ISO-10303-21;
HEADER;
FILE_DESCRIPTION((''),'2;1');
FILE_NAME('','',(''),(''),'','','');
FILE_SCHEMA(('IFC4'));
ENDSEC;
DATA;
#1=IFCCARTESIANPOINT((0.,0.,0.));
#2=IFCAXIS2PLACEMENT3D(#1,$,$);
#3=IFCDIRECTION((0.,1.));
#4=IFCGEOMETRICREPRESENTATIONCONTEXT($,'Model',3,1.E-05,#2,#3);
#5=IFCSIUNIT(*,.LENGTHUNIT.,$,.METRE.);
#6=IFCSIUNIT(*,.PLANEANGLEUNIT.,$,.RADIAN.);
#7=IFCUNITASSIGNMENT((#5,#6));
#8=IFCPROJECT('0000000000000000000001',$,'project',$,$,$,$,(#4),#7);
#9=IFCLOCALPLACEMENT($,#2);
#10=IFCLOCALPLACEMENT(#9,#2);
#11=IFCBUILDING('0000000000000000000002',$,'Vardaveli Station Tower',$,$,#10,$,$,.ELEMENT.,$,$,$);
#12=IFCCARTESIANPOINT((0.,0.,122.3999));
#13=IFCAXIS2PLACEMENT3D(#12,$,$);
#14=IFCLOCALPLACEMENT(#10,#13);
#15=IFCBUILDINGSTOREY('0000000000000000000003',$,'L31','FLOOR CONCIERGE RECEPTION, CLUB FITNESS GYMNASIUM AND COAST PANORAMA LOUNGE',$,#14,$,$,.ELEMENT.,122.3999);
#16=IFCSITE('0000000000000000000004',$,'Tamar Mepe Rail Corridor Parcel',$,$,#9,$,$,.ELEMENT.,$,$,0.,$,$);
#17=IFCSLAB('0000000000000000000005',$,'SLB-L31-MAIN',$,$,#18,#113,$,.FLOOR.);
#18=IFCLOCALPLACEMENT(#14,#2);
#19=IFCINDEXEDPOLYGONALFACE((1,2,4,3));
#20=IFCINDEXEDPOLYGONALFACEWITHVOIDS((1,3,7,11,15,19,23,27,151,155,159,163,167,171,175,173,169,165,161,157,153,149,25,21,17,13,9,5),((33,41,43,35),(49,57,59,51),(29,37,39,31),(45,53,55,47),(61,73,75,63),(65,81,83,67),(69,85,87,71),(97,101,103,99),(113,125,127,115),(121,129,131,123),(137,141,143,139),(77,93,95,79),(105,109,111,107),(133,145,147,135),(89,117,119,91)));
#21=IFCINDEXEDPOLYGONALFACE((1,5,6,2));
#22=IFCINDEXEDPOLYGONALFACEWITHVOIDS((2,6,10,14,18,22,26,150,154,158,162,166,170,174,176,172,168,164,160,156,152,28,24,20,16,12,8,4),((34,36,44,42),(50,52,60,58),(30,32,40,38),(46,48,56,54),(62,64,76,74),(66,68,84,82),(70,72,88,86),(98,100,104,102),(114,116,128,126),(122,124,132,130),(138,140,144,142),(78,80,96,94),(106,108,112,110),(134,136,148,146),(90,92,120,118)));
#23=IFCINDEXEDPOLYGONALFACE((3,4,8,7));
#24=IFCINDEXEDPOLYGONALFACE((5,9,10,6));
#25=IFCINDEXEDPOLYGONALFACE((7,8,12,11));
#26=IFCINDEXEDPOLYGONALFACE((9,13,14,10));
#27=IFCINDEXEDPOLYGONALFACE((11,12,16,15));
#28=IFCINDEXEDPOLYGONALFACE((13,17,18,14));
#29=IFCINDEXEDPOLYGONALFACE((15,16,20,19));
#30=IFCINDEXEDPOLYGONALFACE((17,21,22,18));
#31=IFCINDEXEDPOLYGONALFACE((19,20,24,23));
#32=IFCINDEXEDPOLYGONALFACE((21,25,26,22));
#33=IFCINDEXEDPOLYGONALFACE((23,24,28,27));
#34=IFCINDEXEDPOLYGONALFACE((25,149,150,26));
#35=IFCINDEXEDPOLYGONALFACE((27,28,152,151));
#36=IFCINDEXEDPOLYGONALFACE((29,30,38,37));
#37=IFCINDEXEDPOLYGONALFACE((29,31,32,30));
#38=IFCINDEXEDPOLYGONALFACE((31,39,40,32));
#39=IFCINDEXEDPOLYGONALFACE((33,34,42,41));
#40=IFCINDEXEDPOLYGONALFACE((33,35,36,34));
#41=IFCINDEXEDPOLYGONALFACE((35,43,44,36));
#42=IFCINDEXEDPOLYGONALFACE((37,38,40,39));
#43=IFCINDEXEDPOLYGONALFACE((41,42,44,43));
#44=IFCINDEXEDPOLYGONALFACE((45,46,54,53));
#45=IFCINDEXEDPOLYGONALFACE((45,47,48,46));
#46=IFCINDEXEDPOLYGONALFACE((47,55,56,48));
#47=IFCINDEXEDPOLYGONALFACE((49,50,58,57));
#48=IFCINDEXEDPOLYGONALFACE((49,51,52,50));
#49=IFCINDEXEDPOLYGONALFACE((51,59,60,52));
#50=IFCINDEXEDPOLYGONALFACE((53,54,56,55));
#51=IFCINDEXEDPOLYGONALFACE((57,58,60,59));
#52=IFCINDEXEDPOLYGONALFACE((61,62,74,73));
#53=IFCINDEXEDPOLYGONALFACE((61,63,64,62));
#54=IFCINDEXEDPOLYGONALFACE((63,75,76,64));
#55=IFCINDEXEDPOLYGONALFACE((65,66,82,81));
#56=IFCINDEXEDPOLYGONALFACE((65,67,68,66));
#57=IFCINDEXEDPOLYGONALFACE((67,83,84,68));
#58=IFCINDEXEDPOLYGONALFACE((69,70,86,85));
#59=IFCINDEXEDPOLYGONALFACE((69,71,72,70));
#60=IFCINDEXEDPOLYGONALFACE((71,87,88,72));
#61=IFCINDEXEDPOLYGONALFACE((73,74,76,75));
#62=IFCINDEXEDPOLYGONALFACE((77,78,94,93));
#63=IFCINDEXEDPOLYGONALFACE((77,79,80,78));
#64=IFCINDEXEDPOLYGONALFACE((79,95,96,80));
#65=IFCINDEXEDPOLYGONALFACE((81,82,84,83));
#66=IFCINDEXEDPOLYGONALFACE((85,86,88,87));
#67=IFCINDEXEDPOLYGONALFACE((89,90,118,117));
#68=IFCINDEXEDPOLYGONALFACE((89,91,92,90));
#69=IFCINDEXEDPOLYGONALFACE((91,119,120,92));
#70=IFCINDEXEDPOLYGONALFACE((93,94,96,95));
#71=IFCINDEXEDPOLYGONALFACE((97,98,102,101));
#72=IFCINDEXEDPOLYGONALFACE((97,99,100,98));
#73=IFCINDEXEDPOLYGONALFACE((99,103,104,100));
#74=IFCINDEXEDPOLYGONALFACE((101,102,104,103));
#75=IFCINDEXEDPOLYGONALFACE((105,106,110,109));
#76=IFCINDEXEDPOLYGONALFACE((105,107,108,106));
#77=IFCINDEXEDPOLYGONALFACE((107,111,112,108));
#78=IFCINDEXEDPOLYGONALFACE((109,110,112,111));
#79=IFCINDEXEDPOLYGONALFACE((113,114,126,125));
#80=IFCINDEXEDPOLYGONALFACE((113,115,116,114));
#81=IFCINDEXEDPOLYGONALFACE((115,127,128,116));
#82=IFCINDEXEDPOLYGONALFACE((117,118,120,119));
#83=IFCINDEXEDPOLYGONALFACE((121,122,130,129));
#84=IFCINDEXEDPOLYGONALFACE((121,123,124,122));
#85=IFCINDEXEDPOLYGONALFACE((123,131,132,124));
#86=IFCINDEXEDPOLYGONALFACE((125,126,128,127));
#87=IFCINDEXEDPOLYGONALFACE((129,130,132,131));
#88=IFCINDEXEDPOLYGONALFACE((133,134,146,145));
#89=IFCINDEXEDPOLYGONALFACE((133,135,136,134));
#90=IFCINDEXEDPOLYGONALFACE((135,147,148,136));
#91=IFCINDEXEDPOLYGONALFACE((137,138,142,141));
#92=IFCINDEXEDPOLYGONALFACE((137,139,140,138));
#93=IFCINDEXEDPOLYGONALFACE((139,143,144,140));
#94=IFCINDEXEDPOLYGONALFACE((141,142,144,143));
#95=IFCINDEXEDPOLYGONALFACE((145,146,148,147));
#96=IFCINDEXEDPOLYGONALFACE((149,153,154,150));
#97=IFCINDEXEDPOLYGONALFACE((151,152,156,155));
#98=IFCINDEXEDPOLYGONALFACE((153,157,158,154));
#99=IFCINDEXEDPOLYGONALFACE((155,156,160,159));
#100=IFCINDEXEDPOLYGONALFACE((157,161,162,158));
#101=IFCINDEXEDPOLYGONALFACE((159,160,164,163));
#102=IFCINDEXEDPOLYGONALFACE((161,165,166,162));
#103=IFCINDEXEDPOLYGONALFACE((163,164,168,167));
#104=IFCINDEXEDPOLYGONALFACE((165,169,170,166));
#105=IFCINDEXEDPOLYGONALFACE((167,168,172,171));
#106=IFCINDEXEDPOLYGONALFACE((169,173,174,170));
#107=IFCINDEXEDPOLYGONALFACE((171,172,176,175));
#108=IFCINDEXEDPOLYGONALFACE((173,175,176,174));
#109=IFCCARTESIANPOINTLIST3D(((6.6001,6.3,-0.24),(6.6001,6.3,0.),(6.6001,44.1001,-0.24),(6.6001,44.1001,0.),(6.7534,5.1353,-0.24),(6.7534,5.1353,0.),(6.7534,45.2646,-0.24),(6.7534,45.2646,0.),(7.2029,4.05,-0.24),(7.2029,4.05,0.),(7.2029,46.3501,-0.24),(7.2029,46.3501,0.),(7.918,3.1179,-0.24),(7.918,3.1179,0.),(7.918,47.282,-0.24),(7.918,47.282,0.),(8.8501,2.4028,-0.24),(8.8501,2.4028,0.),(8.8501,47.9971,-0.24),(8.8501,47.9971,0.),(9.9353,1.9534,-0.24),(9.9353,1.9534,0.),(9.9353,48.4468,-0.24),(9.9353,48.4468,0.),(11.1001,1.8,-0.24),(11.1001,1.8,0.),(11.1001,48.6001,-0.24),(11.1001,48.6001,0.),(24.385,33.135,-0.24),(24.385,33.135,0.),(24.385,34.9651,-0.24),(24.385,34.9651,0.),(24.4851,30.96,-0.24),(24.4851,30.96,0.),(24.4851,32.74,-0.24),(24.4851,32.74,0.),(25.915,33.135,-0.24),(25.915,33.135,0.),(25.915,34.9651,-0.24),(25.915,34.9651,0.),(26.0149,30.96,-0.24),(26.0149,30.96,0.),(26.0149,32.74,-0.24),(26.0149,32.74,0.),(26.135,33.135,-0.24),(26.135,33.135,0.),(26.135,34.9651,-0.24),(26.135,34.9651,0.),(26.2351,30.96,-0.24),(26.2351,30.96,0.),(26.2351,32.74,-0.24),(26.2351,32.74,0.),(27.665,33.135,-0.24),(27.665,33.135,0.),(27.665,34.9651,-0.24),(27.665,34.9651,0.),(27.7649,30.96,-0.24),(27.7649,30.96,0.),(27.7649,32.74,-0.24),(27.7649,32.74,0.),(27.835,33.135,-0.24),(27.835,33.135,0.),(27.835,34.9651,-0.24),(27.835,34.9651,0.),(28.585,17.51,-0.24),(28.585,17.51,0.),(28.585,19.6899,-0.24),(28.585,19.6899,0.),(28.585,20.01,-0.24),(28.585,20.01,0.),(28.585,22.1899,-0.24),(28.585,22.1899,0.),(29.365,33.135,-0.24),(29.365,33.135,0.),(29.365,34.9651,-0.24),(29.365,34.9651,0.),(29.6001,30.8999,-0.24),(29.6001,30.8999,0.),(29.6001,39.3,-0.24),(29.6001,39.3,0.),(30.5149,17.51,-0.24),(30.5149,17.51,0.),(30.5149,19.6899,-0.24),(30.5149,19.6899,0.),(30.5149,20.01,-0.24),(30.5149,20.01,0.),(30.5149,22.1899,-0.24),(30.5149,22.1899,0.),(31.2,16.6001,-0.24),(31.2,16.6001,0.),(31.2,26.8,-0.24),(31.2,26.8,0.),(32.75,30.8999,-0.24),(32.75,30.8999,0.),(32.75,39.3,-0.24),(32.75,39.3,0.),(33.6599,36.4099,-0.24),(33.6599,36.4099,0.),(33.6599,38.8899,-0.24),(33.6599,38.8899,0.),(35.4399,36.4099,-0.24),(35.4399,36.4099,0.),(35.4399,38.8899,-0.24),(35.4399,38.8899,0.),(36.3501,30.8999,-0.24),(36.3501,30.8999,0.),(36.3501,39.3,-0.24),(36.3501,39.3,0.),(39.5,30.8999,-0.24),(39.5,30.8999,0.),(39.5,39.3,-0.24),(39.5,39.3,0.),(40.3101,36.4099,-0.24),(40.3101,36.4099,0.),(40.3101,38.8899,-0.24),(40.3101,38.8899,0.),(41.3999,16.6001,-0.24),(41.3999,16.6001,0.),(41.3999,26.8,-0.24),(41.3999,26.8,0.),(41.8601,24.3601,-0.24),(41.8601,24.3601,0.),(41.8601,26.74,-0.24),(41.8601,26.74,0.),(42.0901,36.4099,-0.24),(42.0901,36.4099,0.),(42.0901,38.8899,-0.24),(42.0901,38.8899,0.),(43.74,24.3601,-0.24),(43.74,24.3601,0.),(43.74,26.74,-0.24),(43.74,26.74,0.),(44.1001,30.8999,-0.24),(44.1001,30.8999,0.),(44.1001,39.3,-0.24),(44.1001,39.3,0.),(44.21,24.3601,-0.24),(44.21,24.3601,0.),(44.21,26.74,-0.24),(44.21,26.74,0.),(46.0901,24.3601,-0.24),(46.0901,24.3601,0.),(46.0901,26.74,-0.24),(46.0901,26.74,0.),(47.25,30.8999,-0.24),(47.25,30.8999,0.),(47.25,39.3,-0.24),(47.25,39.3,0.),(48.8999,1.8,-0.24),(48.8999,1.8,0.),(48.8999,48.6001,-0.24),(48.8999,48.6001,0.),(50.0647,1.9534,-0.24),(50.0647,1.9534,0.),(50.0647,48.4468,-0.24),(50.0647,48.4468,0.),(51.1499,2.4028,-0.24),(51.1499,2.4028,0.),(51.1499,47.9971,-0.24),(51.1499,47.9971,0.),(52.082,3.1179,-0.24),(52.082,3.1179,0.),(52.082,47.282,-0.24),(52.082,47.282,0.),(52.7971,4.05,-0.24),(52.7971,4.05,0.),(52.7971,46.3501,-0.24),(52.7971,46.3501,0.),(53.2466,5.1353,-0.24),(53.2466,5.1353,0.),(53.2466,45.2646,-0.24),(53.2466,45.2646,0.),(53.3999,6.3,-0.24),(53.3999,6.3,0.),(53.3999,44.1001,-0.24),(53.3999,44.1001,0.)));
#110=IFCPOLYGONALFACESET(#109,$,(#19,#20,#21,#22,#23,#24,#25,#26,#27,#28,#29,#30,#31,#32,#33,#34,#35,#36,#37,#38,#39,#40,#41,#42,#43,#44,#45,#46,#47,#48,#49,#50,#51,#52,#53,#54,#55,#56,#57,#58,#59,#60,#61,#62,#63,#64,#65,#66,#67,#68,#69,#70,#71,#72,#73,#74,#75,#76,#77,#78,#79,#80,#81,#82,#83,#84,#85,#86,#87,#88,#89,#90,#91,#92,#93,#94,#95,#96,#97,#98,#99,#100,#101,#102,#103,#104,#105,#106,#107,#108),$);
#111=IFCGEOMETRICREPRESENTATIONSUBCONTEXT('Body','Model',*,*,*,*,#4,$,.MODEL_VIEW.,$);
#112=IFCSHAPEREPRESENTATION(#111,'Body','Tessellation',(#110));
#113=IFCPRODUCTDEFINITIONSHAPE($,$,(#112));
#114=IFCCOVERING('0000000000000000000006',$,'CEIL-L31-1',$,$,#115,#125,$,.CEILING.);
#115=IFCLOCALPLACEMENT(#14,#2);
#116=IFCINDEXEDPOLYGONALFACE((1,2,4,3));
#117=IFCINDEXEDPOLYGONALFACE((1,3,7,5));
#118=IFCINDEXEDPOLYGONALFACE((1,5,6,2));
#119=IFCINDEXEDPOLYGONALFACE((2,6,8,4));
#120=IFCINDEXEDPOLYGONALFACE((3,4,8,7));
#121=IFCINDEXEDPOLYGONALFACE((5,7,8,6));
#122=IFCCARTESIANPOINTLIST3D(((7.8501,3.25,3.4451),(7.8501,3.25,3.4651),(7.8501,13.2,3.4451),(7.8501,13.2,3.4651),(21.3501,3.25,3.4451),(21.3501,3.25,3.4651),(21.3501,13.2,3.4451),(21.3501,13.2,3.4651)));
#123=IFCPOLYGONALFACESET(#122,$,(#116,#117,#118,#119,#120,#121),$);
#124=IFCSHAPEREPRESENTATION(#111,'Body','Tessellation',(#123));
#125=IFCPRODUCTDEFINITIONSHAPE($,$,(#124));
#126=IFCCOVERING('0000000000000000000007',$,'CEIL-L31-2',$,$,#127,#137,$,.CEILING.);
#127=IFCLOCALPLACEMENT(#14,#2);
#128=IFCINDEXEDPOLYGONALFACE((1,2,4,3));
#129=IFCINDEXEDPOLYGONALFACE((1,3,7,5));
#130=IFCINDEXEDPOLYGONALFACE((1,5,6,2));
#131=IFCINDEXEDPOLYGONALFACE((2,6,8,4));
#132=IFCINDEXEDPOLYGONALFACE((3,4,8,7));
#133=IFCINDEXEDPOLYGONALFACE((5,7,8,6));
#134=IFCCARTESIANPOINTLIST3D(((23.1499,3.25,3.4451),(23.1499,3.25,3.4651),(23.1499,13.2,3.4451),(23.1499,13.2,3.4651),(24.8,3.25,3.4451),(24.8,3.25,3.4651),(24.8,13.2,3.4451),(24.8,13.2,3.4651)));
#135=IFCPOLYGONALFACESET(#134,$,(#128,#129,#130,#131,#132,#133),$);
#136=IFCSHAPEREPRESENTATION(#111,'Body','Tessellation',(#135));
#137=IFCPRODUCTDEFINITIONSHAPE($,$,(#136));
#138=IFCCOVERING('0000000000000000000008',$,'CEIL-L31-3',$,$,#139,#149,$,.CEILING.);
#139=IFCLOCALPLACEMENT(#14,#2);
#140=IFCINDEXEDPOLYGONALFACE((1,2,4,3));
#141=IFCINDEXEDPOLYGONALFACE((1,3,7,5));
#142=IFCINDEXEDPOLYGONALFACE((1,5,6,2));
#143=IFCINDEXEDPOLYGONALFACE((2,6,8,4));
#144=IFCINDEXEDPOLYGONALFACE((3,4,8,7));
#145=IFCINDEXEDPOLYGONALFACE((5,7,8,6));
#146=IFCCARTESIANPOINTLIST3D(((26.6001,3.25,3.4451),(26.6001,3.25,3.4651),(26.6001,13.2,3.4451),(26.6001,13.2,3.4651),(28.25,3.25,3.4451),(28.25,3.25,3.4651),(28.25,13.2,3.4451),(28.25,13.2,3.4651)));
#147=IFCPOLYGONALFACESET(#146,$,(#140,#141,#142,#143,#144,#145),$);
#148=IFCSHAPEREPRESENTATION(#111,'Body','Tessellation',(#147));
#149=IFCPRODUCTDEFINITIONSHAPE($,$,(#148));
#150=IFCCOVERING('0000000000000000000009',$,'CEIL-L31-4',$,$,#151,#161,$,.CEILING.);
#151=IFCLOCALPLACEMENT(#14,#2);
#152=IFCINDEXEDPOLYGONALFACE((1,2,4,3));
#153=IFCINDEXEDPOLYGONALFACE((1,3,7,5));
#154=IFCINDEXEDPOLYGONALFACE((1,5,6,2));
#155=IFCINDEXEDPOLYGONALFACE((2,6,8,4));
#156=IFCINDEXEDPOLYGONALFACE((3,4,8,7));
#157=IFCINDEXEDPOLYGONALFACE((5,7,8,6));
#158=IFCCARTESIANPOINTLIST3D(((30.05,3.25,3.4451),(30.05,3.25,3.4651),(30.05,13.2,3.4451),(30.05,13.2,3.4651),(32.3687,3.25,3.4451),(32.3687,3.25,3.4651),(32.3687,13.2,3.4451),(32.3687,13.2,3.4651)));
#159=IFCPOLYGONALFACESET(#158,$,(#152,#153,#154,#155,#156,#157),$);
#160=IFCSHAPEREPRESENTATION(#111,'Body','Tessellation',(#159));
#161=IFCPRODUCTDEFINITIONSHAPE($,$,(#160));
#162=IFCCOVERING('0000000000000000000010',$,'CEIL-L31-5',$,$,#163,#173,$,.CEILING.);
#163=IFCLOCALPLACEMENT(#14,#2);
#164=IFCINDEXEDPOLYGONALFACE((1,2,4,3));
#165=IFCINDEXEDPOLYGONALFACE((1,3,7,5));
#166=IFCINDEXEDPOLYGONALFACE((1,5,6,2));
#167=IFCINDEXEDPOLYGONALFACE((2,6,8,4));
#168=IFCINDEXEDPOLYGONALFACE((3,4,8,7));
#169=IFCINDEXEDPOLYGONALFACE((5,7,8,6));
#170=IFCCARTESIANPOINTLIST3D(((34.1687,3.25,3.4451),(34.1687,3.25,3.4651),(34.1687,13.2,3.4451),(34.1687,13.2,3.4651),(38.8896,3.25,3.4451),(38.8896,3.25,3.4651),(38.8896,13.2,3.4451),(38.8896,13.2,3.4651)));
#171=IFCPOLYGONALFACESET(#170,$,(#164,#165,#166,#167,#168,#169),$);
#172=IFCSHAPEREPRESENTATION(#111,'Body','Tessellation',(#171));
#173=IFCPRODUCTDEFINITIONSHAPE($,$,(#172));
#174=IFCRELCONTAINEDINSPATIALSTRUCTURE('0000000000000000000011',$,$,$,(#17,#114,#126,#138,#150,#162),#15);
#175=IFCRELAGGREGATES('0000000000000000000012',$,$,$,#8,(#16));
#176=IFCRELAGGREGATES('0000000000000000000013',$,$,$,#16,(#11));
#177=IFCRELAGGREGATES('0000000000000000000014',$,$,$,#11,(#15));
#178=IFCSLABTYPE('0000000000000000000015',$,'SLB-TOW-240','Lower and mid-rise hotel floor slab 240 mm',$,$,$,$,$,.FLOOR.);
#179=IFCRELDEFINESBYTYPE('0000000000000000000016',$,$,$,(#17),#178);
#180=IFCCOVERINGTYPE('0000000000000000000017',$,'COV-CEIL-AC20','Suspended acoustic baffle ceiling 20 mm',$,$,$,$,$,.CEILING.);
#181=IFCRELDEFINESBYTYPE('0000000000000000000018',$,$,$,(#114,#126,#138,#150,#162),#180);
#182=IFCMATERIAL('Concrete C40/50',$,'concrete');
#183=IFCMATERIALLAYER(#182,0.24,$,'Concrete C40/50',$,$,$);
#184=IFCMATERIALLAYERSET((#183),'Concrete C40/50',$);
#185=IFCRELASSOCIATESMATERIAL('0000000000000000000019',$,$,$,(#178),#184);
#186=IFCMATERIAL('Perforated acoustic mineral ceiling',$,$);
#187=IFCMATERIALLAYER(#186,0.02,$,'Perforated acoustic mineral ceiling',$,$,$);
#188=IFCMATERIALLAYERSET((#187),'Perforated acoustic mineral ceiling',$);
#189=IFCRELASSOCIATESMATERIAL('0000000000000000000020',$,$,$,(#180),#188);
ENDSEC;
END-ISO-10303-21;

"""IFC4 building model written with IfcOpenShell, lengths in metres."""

from ifc_helpers import new_model, si_unit, direction, frame, origin, place, context, subcontext, project, spatial, polyline, outline, extrude, material, layer, layer_set, type_object, element, save


model = new_model("IFC4")

# Units and contexts
model_context = context("Model", 3, precision=1e-05, world=origin(), true_north=direction((0.0, 1.0)))
body_context = subcontext(model_context, "Body", "Model", "MODEL_VIEW")
ifc_project = project(units=[si_unit("LENGTHUNIT", "METRE"), si_unit("PLANEANGLEUNIT", "RADIAN")], contexts=[model_context])

# Site, building, storey
site_placement = place(None, origin())
site = spatial("IfcSite", under=ifc_project, at=site_placement, Name="Tamar Mepe Rail Corridor Parcel", CompositionType="ELEMENT", RefElevation=0.0)
building_placement = place(site_placement, origin())
building = spatial("IfcBuilding", under=site, at=building_placement, Name="Vardaveli Station Tower", CompositionType="ELEMENT")
storey_placement = place(building_placement, frame((0.0, 0.0, 122.3999)))
storey = spatial("IfcBuildingStorey", under=building, at=storey_placement, Name="L31", Description="FLOOR CONCIERGE RECEPTION, CLUB FITNESS GYMNASIUM AND COAST PANORAMA LOUNGE", CompositionType="ELEMENT", Elevation=122.3999)

# Shared definitions
ifc_material_1 = material(Name="Concrete C40/50", Category="concrete")

# Slab
ifc_layer_1 = layer(ifc_material_1, 0.24, Name="Concrete C40/50")
ifc_layer_set_1 = layer_set([ifc_layer_1], Name="Concrete C40/50")
slab_type_1 = type_object("IfcSlabType", Name="SLB-TOW-240", Description="Lower and mid-rise hotel floor slab 240 mm", PredefinedType="FLOOR", material=ifc_layer_set_1)
slab_1_placement = place(storey_placement, frame((0.0, 0.0, -0.24)))
element("IfcSlab", 1, at=slab_1_placement, inside=storey, type_object=slab_type_1, Name="SLB-L31-MAIN", PredefinedType="FLOOR", context=body_context, shape_type="SweptSolid", body=[
    extrude(outline(polyline([(6.6001, 6.3), (6.7534, 5.1353), (7.2029, 4.05), (7.918, 3.1179), (8.8501, 2.4028), (9.9353, 1.9534), (11.1001, 1.8), (48.8999, 1.8), (50.0647, 1.9534), (51.1499, 2.4028), (52.082, 3.1179), (52.7971, 4.05), (53.2466, 5.1353), (53.3999, 6.3), (53.3999, 44.1001), (53.2466, 45.2646), (52.7971, 46.3501), (52.082, 47.282), (51.1499, 47.9971), (50.0647, 48.4468), (48.8999, 48.6001), (11.1001, 48.6001), (9.9353, 48.4468), (8.8501, 47.9971), (7.918, 47.282), (7.2029, 46.3501), (6.7534, 45.2646), (6.6001, 44.1001), (6.6001, 6.3)]), holes=[polyline([(31.2, 16.6001), (41.3999, 16.6001), (41.3999, 26.8), (31.2, 26.8), (31.2, 16.6001)]), polyline([(32.75, 30.8999), (32.75, 39.3), (29.6001, 39.3), (29.6001, 30.8999), (32.75, 30.8999)]), polyline([(39.5, 30.8999), (39.5, 39.3), (36.3501, 39.3), (36.3501, 30.8999), (39.5, 30.8999)]), polyline([(47.25, 30.8999), (47.25, 39.3), (44.1001, 39.3), (44.1001, 30.8999), (47.25, 30.8999)]), polyline([(24.385, 33.135), (25.915, 33.135), (25.915, 34.9651), (24.385, 34.9651), (24.385, 33.135)]), polyline([(26.135, 33.135), (27.665, 33.135), (27.665, 34.9651), (26.135, 34.9651), (26.135, 33.135)]), polyline([(27.835, 33.135), (29.365, 33.135), (29.365, 34.9651), (27.835, 34.9651), (27.835, 33.135)]), polyline([(33.6599, 36.4099), (35.4399, 36.4099), (35.4399, 38.8899), (33.6599, 38.8899), (33.6599, 36.4099)]), polyline([(40.3101, 36.4099), (42.0901, 36.4099), (42.0901, 38.8899), (40.3101, 38.8899), (40.3101, 36.4099)]), polyline([(24.4851, 30.96), (26.0149, 30.96), (26.0149, 32.74), (24.4851, 32.74), (24.4851, 30.96)]), polyline([(26.2351, 30.96), (27.7649, 30.96), (27.7649, 32.74), (26.2351, 32.74), (26.2351, 30.96)]), polyline([(28.585, 17.51), (30.5149, 17.51), (30.5149, 19.6899), (28.585, 19.6899), (28.585, 17.51)]), polyline([(28.585, 20.01), (30.5149, 20.01), (30.5149, 22.1899), (28.585, 22.1899), (28.585, 20.01)]), polyline([(41.8601, 24.3601), (43.74, 24.3601), (43.74, 26.74), (41.8601, 26.74), (41.8601, 24.3601)]), polyline([(44.21, 24.3601), (46.0901, 24.3601), (46.0901, 26.74), (44.21, 26.74), (44.21, 24.3601)])]), origin(), (0.0, 0.0, 1.0), 0.24),
])

# Coverings
ifc_material_2 = material(Name="Perforated acoustic mineral ceiling")
ifc_layer_2 = layer(ifc_material_2, 0.02, Name="Perforated acoustic mineral ceiling")
ifc_layer_set_2 = layer_set([ifc_layer_2], Name="Perforated acoustic mineral ceiling")
covering_type_1 = type_object("IfcCoveringType", Name="COV-CEIL-AC20", Description="Suspended acoustic baffle ceiling 20 mm", PredefinedType="CEILING", material=ifc_layer_set_2)
covering_1_placement = place(storey_placement, frame((0.0, 0.0, 3.4451)))
element("IfcCovering", 2, at=covering_1_placement, inside=storey, type_object=covering_type_1, Name="CEIL-L31-1", PredefinedType="CEILING", context=body_context, shape_type="SweptSolid", body=[
    extrude(outline(polyline([(7.8501, 3.25), (21.3501, 3.25), (21.3501, 13.2), (7.8501, 13.2), (7.8501, 3.25)])), origin(), (0.0, 0.0, 1.0), 0.02),
])
covering_2_placement = place(storey_placement, frame((0.0, 0.0, 3.4451)))
element("IfcCovering", 3, at=covering_2_placement, inside=storey, type_object=covering_type_1, Name="CEIL-L31-2", PredefinedType="CEILING", context=body_context, shape_type="SweptSolid", body=[
    extrude(outline(polyline([(23.1499, 3.25), (24.8, 3.25), (24.8, 13.2), (23.1499, 13.2), (23.1499, 3.25)])), origin(), (0.0, 0.0, 1.0), 0.02),
])
covering_3_placement = place(storey_placement, frame((0.0, 0.0, 3.4451)))
element("IfcCovering", 4, at=covering_3_placement, inside=storey, type_object=covering_type_1, Name="CEIL-L31-3", PredefinedType="CEILING", context=body_context, shape_type="SweptSolid", body=[
    extrude(outline(polyline([(26.6001, 3.25), (28.25, 3.25), (28.25, 13.2), (26.6001, 13.2), (26.6001, 3.25)])), origin(), (0.0, 0.0, 1.0), 0.02),
])
covering_4_placement = place(storey_placement, frame((0.0, 0.0, 3.4451)))
element("IfcCovering", 5, at=covering_4_placement, inside=storey, type_object=covering_type_1, Name="CEIL-L31-4", PredefinedType="CEILING", context=body_context, shape_type="SweptSolid", body=[
    extrude(outline(polyline([(30.05, 3.25), (32.3687, 3.25), (32.3687, 13.2), (30.05, 13.2), (30.05, 3.25)])), origin(), (0.0, 0.0, 1.0), 0.02),
])
covering_5_placement = place(storey_placement, frame((0.0, 0.0, 3.4451)))
element("IfcCovering", 6, at=covering_5_placement, inside=storey, type_object=covering_type_1, Name="CEIL-L31-5", PredefinedType="CEILING", context=body_context, shape_type="SweptSolid", body=[
    extrude(outline(polyline([(34.1687, 3.25), (38.8896, 3.25), (38.8896, 13.2), (34.1687, 13.2), (34.1687, 3.25)])), origin(), (0.0, 0.0, 1.0), 0.02),
])

save(model, "model.ifc")
